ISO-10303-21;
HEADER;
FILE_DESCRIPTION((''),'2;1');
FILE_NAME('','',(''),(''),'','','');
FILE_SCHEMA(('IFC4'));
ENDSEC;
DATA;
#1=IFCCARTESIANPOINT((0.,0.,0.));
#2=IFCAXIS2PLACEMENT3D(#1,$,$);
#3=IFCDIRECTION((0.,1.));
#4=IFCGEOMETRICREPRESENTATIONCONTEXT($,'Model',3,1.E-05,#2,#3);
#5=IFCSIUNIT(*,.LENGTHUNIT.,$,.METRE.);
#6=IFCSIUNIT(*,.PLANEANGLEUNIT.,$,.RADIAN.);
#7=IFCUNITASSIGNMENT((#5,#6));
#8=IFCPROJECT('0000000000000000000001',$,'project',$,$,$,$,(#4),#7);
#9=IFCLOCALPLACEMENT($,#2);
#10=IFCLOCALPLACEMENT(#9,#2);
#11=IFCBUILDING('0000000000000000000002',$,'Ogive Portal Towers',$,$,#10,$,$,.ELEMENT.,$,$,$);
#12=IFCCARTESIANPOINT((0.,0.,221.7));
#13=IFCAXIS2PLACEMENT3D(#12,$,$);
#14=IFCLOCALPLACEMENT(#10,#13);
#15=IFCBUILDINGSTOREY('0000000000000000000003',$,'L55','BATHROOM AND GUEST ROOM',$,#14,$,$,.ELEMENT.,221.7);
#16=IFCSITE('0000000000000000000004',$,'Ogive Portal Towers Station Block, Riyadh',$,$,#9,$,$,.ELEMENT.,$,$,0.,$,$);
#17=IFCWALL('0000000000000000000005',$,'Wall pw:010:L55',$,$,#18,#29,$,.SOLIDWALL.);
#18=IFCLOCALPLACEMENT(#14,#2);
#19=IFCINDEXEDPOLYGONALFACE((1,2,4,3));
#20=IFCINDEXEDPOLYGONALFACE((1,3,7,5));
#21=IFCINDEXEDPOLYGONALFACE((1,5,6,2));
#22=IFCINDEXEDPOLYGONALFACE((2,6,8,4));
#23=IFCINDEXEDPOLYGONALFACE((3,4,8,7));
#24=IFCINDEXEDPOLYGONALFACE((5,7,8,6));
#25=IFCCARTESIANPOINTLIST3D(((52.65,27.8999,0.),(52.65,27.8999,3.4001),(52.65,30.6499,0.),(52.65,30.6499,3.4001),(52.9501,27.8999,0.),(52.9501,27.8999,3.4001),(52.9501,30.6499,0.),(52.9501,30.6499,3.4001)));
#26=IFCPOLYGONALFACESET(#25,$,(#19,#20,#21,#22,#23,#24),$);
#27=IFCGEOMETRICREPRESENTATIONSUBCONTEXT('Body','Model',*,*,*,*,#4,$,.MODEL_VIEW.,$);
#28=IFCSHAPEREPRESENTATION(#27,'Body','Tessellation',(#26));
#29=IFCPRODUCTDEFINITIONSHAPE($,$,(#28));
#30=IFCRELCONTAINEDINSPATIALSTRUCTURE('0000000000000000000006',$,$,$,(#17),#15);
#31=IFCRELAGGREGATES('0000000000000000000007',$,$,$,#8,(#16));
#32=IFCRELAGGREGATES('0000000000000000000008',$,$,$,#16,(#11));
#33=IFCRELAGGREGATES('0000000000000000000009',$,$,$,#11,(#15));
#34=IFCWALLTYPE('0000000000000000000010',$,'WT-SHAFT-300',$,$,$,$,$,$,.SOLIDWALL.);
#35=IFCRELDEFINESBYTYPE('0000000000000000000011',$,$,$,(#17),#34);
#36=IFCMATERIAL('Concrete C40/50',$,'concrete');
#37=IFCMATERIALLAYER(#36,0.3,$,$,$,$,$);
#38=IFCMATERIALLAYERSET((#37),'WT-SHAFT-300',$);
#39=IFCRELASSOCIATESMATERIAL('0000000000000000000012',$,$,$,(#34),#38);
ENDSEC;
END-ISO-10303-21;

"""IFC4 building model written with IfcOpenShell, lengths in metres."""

from ifc_helpers import new_model, si_unit, direction, frame, frame_2d, origin, place, context, subcontext, project, spatial, rectangle, extrude, material, layer, layer_set, type_object, element, save


model = new_model("IFC4")

# Units and contexts
model_context = context("Model", 3, precision=1e-05, world=origin(), true_north=direction((0.0, 1.0)))
body_context = subcontext(model_context, "Body", "Model", "MODEL_VIEW")
ifc_project = project(units=[si_unit("LENGTHUNIT", "METRE"), si_unit("PLANEANGLEUNIT", "RADIAN")], contexts=[model_context])

# Site, building, storey
site_placement = place(None, origin())
site = spatial("IfcSite", under=ifc_project, at=site_placement, Name="Ogive Portal Towers Station Block, Riyadh", CompositionType="ELEMENT", RefElevation=0.0)
building_placement = place(site_placement, origin())
building = spatial("IfcBuilding", under=site, at=building_placement, Name="Ogive Portal Towers", CompositionType="ELEMENT")
storey_placement = place(building_placement, frame((0.0, 0.0, 221.7)))
storey = spatial("IfcBuildingStorey", under=building, at=storey_placement, Name="L55", Description="BATHROOM AND GUEST ROOM", CompositionType="ELEMENT", Elevation=221.7)

# Shared definitions
ifc_material_1 = material(Name="Concrete C40/50", Category="concrete")
ifc_layer_1 = layer(ifc_material_1, 0.3)
ifc_layer_set_1 = layer_set([ifc_layer_1], Name="WT-SHAFT-300")
wall_type_1 = type_object("IfcWallType", Name="WT-SHAFT-300", PredefinedType="SOLIDWALL", material=ifc_layer_set_1)

# Wall
for number, where, z_axis, x_axis, name in (
    (1, (52.8, 27.8999, 0.0), (0.0, 0.0, 1.0), (0.0, 1.0, 0.0), "Wall pw:010:L55"),
):
    element("IfcWall", number, at=place(storey_placement, frame(where, z_axis=z_axis, x_axis=x_axis)), inside=storey, type_object=wall_type_1, Name=name, PredefinedType="SOLIDWALL", context=body_context, shape_type="SweptSolid", body=[
        extrude(rectangle(XDim=2.75, YDim=0.3, at=frame_2d((1.375, 0.0))), origin(), (0.0, 0.0, 1.0), 3.4001),
    ])

save(model, "model.ifc")
